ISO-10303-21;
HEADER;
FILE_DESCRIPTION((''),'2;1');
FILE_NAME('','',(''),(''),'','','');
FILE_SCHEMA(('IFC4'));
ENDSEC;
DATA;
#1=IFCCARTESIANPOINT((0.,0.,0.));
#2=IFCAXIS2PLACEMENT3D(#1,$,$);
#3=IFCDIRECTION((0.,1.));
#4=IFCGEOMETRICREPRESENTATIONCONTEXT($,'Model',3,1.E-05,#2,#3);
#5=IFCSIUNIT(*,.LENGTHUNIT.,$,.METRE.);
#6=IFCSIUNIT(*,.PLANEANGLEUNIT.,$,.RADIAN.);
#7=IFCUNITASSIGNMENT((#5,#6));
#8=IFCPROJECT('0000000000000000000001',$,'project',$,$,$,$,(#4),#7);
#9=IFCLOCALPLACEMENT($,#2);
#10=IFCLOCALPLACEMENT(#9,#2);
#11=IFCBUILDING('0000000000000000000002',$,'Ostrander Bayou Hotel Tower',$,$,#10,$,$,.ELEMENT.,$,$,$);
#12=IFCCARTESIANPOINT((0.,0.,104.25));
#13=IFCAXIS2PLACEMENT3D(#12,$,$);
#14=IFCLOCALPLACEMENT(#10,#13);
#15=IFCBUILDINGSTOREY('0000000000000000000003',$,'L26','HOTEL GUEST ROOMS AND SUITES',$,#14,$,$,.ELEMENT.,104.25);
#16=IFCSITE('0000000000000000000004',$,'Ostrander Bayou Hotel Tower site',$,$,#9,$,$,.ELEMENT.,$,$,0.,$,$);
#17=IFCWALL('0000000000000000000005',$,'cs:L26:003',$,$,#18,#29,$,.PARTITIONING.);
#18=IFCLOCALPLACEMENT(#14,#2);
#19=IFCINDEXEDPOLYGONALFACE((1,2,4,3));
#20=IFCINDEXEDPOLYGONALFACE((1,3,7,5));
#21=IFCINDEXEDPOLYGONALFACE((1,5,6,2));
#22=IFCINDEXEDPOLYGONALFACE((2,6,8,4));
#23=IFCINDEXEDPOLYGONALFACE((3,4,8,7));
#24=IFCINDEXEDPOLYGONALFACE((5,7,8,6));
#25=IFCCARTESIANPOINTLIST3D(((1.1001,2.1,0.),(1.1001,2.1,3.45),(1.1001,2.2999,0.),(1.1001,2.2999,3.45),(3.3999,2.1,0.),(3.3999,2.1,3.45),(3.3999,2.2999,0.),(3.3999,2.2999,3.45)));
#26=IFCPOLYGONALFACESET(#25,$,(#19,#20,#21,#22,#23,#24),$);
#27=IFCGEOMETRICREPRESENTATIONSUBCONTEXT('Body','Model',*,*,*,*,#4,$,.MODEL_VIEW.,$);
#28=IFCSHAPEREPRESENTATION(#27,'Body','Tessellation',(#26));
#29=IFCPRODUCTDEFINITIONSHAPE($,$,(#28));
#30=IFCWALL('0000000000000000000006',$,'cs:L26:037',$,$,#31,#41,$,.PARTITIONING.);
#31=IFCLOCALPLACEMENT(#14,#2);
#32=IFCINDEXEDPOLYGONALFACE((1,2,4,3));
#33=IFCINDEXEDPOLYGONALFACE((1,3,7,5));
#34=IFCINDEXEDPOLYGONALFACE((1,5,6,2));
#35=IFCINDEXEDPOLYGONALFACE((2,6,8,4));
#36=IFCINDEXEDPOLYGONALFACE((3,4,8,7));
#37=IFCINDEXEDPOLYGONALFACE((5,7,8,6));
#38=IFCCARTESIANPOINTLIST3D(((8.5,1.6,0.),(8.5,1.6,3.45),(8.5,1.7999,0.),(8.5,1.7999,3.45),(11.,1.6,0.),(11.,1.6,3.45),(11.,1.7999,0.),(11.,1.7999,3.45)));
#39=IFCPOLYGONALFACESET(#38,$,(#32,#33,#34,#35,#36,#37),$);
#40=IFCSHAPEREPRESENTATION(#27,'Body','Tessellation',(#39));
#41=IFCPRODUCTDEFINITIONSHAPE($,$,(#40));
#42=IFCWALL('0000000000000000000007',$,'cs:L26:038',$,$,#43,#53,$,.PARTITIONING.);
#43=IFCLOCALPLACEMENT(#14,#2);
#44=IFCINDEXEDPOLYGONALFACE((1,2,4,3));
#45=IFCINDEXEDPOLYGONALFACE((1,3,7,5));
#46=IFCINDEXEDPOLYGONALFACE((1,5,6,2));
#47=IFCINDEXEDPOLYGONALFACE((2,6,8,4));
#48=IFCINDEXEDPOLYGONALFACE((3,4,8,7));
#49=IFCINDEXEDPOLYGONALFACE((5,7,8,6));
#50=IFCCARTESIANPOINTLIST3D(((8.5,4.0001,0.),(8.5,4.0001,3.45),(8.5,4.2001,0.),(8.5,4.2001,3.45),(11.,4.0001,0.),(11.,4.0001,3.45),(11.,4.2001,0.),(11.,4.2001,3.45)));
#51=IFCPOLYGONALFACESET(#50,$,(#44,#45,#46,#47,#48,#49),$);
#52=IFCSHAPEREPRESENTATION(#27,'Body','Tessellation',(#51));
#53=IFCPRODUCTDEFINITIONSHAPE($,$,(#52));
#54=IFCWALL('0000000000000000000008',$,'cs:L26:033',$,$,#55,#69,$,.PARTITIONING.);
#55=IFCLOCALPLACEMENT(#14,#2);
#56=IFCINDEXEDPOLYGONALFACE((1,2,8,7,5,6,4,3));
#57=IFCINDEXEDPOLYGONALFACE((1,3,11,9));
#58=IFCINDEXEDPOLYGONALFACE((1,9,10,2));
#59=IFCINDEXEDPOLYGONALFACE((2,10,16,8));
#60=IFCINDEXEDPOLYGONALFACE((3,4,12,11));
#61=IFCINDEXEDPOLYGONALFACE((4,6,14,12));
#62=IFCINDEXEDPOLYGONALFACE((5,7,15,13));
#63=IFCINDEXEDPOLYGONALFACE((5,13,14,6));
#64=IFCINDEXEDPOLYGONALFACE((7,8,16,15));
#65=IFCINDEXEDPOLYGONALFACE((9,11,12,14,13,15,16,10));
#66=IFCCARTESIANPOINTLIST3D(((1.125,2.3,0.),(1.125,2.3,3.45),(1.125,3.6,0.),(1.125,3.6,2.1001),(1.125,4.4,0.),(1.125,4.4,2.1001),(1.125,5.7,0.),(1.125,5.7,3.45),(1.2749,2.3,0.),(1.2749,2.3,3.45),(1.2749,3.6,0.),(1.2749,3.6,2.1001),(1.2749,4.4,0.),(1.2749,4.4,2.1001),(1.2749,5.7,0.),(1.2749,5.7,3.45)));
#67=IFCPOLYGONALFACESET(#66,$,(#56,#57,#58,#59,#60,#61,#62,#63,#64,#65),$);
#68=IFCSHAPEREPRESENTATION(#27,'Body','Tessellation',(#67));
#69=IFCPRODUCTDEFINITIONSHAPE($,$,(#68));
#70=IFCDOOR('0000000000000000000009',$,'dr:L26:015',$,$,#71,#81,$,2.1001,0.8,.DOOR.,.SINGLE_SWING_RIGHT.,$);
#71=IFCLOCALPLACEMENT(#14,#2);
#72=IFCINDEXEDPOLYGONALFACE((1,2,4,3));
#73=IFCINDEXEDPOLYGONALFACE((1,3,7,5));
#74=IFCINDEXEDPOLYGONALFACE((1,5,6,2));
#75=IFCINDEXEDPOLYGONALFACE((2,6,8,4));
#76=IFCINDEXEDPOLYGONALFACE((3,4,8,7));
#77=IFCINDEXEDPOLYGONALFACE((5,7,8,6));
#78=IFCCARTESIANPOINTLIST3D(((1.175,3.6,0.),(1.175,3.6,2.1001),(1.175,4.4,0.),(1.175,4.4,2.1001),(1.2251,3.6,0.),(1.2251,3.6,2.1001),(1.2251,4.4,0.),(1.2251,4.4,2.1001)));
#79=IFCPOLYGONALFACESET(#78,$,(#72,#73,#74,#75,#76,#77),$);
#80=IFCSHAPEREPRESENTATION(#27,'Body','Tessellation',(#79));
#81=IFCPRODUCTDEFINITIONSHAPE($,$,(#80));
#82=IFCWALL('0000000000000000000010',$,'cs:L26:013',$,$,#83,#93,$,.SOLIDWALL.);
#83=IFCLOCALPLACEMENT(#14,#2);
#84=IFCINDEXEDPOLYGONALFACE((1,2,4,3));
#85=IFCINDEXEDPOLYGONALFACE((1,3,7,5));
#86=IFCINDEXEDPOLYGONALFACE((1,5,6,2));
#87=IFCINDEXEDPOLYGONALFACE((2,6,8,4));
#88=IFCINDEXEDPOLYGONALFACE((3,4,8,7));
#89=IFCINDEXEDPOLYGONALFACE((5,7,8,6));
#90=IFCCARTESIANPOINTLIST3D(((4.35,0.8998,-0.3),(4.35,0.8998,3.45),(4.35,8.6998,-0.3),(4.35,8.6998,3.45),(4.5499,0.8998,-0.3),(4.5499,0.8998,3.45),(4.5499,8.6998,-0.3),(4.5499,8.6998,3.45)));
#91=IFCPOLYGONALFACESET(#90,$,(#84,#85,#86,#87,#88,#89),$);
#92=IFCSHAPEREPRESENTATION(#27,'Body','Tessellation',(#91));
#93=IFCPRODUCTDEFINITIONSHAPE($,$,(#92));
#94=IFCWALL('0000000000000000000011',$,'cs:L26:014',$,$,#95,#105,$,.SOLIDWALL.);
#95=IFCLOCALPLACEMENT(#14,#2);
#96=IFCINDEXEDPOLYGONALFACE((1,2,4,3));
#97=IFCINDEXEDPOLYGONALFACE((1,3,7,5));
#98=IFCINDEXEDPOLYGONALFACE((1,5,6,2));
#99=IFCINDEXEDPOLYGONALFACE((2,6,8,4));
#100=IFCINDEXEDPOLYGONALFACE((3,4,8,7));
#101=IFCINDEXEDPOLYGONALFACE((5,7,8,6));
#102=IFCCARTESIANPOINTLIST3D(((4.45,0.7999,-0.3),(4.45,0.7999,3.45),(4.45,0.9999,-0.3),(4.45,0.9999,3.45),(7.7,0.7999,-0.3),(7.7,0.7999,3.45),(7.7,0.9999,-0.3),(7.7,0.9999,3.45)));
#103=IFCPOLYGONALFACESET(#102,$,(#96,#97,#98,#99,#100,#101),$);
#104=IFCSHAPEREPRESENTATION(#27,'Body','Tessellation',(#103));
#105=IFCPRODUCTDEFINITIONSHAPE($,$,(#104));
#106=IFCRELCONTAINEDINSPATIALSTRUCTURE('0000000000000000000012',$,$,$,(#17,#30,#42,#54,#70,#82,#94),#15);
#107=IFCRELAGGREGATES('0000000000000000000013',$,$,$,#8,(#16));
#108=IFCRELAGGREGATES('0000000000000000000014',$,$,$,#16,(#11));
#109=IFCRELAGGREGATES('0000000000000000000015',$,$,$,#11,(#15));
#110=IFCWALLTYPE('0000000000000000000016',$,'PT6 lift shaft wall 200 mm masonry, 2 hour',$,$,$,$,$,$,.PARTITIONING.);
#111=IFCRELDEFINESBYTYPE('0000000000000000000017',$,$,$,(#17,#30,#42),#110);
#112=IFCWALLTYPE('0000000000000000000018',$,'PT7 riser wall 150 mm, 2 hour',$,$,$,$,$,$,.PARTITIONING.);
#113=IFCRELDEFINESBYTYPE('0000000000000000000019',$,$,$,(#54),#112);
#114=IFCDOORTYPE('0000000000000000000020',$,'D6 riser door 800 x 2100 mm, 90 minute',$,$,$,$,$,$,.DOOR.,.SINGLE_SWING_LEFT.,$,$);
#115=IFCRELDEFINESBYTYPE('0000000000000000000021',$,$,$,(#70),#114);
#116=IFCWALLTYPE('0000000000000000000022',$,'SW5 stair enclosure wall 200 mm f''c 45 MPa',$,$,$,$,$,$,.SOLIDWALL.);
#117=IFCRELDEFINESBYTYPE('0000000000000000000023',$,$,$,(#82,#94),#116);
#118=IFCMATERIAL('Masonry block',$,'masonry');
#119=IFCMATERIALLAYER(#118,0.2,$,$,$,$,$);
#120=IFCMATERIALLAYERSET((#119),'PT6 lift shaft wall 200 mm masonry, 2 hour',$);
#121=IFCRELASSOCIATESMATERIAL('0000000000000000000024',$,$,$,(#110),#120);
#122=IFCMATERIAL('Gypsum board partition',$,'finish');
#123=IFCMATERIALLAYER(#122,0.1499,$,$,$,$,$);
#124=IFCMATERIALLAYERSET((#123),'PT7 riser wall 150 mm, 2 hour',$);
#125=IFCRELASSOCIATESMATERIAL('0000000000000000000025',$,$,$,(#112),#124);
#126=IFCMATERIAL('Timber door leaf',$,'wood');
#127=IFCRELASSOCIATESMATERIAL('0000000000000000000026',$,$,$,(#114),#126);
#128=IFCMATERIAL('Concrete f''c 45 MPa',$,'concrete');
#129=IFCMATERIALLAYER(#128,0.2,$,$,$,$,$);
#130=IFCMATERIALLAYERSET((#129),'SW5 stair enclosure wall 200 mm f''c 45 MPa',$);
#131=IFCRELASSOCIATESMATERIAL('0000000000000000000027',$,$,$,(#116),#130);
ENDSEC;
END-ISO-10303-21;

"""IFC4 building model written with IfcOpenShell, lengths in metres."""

from ifc_helpers import new_model, si_unit, direction, frame, frame_2d, origin, place, context, subcontext, project, spatial, rectangle, extrude, material, layer, layer_set, type_object, element, fill, save


model = new_model("IFC4")

# Units and contexts
model_context = context("Model", 3, precision=1e-05, world=origin(), true_north=direction((0.0, 1.0)))
body_context = subcontext(model_context, "Body", "Model", "MODEL_VIEW")
ifc_project = project(units=[si_unit("LENGTHUNIT", "METRE"), si_unit("PLANEANGLEUNIT", "RADIAN")], contexts=[model_context])

# Site, building, storey
site_placement = place(None, origin())
site = spatial("IfcSite", under=ifc_project, at=site_placement, Name="Ostrander Bayou Hotel Tower site", CompositionType="ELEMENT", RefElevation=0.0)
building_placement = place(site_placement, origin())
building = spatial("IfcBuilding", under=site, at=building_placement, Name="Ostrander Bayou Hotel Tower", CompositionType="ELEMENT")
storey_placement = place(building_placement, frame((0.0, 0.0, 104.25)))
storey = spatial("IfcBuildingStorey", under=building, at=storey_placement, Name="L26", Description="HOTEL GUEST ROOMS AND SUITES", CompositionType="ELEMENT", Elevation=104.25)

# Walls
ifc_material_1 = material(Name="Masonry block", Category="masonry")
ifc_layer_1 = layer(ifc_material_1, 0.2)
ifc_layer_set_1 = layer_set([ifc_layer_1], Name="PT6 lift shaft wall 200 mm masonry, 2 hour")
wall_type_1 = type_object("IfcWallType", Name="PT6 lift shaft wall 200 mm masonry, 2 hour", PredefinedType="PARTITIONING", material=ifc_layer_set_1)
wall_1_placement = place(storey_placement, frame((1.1001, 2.2, 0.0), z_axis=(0.0, 0.0, 1.0), x_axis=(1.0, 0.0, 0.0)))
element("IfcWall", 1, at=wall_1_placement, inside=storey, type_object=wall_type_1, Name="cs:L26:003", PredefinedType="PARTITIONING", context=body_context, shape_type="SweptSolid", body=[
    extrude(rectangle(XDim=2.2998, YDim=0.2, at=frame_2d((1.1499, 0.0))), origin(), (0.0, 0.0, 1.0), 3.45),
])
for number, where, z_axis, x_axis, name in (
    (2, (8.5, 1.7, 0.0), (0.0, 0.0, 1.0), (1.0, 0.0, 0.0), "cs:L26:037"),
    (3, (8.5, 4.1001, 0.0), (0.0, 0.0, 1.0), (1.0, 0.0, 0.0), "cs:L26:038"),
):
    element("IfcWall", number, at=place(storey_placement, frame(where, z_axis=z_axis, x_axis=x_axis)), inside=storey, type_object=wall_type_1, Name=name, PredefinedType="PARTITIONING", context=body_context, shape_type="SweptSolid", body=[
        extrude(rectangle(XDim=2.5, YDim=0.2, at=frame_2d((1.25, 0.0))), origin(), (0.0, 0.0, 1.0), 3.45),
    ])

# Wall, opening, door
ifc_material_2 = material(Name="Gypsum board partition", Category="finish")
ifc_layer_2 = layer(ifc_material_2, 0.1499)
ifc_layer_set_2 = layer_set([ifc_layer_2], Name="PT7 riser wall 150 mm, 2 hour")
wall_type_2 = type_object("IfcWallType", Name="PT7 riser wall 150 mm, 2 hour", PredefinedType="PARTITIONING", material=ifc_layer_set_2)
wall_2_placement = place(storey_placement, frame((1.2, 2.3, 0.0), z_axis=(0.0, 0.0, 1.0), x_axis=(0.0, 1.0, 0.0)))
wall_2 = element("IfcWall", 4, at=wall_2_placement, inside=storey, type_object=wall_type_2, Name="cs:L26:033", PredefinedType="PARTITIONING", context=body_context, shape_type="SweptSolid", body=[
    extrude(rectangle(XDim=3.3999, YDim=0.1499, at=frame_2d((1.7, 0.0))), origin(), (0.0, 0.0, 1.0), 3.45),
])
opening_placement = place(wall_2_placement, frame((1.3, 0.0, 0.0)))
opening = element("IfcOpeningElement", 5, at=opening_placement, cuts=wall_2, PredefinedType="OPENING", context=body_context, shape_type="SweptSolid", body=[
    extrude(rectangle(XDim=0.8, YDim=2.1001, at=frame_2d((0.3999, 1.05))), frame((0.0, 0.075, 0.0), z_axis=(0.0, -1.0, 0.0), x_axis=(1.0, 0.0, 0.0)), (0.0, 0.0, 1.0), 0.1499),
])
ifc_material_3 = material(Name="Timber door leaf", Category="wood")
door_type = type_object("IfcDoorType", Name="D6 riser door 800 x 2100 mm, 90 minute", OperationType="SINGLE_SWING_LEFT", PredefinedType="DOOR", material=ifc_material_3)
door_placement = place(opening_placement, origin())
door = element("IfcDoor", 6, at=door_placement, inside=storey, type_object=door_type, Name="dr:L26:015", OperationType="SINGLE_SWING_RIGHT", OverallHeight=2.1001, OverallWidth=0.8, PredefinedType="DOOR", context=body_context, shape_type="SweptSolid", body=[
    extrude(rectangle(XDim=0.8, YDim=2.1001, at=frame_2d((0.3999, 1.05))), frame((0.0, 0.0249, 0.0), z_axis=(0.0, -1.0, 0.0), x_axis=(1.0, 0.0, 0.0)), (0.0, 0.0, 1.0), 0.05),
])
fill(opening, door)

# Walls
ifc_material_4 = material(Name="Concrete f'c 45 MPa", Category="concrete")
ifc_layer_3 = layer(ifc_material_4, 0.2)
ifc_layer_set_3 = layer_set([ifc_layer_3], Name="SW5 stair enclosure wall 200 mm f'c 45 MPa")
wall_type_3 = type_object("IfcWallType", Name="SW5 stair enclosure wall 200 mm f'c 45 MPa", PredefinedType="SOLIDWALL", material=ifc_layer_set_3)
wall_3_placement = place(storey_placement, frame((4.45, 0.8999, -0.3), z_axis=(0.0, 0.0, 1.0), x_axis=(0.0, 1.0, 0.0)))
element("IfcWall", 7, at=wall_3_placement, inside=storey, type_object=wall_type_3, Name="cs:L26:013", PredefinedType="SOLIDWALL", context=body_context, shape_type="SweptSolid", body=[
    extrude(rectangle(XDim=7.8, YDim=0.2, at=frame_2d((3.8999, 0.0))), origin(), (0.0, 0.0, 1.0), 3.75),
])
wall_4_placement = place(storey_placement, frame((4.45, 0.8999, -0.3), z_axis=(0.0, 0.0, 1.0), x_axis=(1.0, 0.0, 0.0)))
element("IfcWall", 8, at=wall_4_placement, inside=storey, type_object=wall_type_3, Name="cs:L26:014", PredefinedType="SOLIDWALL", context=body_context, shape_type="SweptSolid", body=[
    extrude(rectangle(XDim=3.25, YDim=0.2, at=frame_2d((1.625, 0.0))), origin(), (0.0, 0.0, 1.0), 3.75),
])

save(model, "model.ifc")
